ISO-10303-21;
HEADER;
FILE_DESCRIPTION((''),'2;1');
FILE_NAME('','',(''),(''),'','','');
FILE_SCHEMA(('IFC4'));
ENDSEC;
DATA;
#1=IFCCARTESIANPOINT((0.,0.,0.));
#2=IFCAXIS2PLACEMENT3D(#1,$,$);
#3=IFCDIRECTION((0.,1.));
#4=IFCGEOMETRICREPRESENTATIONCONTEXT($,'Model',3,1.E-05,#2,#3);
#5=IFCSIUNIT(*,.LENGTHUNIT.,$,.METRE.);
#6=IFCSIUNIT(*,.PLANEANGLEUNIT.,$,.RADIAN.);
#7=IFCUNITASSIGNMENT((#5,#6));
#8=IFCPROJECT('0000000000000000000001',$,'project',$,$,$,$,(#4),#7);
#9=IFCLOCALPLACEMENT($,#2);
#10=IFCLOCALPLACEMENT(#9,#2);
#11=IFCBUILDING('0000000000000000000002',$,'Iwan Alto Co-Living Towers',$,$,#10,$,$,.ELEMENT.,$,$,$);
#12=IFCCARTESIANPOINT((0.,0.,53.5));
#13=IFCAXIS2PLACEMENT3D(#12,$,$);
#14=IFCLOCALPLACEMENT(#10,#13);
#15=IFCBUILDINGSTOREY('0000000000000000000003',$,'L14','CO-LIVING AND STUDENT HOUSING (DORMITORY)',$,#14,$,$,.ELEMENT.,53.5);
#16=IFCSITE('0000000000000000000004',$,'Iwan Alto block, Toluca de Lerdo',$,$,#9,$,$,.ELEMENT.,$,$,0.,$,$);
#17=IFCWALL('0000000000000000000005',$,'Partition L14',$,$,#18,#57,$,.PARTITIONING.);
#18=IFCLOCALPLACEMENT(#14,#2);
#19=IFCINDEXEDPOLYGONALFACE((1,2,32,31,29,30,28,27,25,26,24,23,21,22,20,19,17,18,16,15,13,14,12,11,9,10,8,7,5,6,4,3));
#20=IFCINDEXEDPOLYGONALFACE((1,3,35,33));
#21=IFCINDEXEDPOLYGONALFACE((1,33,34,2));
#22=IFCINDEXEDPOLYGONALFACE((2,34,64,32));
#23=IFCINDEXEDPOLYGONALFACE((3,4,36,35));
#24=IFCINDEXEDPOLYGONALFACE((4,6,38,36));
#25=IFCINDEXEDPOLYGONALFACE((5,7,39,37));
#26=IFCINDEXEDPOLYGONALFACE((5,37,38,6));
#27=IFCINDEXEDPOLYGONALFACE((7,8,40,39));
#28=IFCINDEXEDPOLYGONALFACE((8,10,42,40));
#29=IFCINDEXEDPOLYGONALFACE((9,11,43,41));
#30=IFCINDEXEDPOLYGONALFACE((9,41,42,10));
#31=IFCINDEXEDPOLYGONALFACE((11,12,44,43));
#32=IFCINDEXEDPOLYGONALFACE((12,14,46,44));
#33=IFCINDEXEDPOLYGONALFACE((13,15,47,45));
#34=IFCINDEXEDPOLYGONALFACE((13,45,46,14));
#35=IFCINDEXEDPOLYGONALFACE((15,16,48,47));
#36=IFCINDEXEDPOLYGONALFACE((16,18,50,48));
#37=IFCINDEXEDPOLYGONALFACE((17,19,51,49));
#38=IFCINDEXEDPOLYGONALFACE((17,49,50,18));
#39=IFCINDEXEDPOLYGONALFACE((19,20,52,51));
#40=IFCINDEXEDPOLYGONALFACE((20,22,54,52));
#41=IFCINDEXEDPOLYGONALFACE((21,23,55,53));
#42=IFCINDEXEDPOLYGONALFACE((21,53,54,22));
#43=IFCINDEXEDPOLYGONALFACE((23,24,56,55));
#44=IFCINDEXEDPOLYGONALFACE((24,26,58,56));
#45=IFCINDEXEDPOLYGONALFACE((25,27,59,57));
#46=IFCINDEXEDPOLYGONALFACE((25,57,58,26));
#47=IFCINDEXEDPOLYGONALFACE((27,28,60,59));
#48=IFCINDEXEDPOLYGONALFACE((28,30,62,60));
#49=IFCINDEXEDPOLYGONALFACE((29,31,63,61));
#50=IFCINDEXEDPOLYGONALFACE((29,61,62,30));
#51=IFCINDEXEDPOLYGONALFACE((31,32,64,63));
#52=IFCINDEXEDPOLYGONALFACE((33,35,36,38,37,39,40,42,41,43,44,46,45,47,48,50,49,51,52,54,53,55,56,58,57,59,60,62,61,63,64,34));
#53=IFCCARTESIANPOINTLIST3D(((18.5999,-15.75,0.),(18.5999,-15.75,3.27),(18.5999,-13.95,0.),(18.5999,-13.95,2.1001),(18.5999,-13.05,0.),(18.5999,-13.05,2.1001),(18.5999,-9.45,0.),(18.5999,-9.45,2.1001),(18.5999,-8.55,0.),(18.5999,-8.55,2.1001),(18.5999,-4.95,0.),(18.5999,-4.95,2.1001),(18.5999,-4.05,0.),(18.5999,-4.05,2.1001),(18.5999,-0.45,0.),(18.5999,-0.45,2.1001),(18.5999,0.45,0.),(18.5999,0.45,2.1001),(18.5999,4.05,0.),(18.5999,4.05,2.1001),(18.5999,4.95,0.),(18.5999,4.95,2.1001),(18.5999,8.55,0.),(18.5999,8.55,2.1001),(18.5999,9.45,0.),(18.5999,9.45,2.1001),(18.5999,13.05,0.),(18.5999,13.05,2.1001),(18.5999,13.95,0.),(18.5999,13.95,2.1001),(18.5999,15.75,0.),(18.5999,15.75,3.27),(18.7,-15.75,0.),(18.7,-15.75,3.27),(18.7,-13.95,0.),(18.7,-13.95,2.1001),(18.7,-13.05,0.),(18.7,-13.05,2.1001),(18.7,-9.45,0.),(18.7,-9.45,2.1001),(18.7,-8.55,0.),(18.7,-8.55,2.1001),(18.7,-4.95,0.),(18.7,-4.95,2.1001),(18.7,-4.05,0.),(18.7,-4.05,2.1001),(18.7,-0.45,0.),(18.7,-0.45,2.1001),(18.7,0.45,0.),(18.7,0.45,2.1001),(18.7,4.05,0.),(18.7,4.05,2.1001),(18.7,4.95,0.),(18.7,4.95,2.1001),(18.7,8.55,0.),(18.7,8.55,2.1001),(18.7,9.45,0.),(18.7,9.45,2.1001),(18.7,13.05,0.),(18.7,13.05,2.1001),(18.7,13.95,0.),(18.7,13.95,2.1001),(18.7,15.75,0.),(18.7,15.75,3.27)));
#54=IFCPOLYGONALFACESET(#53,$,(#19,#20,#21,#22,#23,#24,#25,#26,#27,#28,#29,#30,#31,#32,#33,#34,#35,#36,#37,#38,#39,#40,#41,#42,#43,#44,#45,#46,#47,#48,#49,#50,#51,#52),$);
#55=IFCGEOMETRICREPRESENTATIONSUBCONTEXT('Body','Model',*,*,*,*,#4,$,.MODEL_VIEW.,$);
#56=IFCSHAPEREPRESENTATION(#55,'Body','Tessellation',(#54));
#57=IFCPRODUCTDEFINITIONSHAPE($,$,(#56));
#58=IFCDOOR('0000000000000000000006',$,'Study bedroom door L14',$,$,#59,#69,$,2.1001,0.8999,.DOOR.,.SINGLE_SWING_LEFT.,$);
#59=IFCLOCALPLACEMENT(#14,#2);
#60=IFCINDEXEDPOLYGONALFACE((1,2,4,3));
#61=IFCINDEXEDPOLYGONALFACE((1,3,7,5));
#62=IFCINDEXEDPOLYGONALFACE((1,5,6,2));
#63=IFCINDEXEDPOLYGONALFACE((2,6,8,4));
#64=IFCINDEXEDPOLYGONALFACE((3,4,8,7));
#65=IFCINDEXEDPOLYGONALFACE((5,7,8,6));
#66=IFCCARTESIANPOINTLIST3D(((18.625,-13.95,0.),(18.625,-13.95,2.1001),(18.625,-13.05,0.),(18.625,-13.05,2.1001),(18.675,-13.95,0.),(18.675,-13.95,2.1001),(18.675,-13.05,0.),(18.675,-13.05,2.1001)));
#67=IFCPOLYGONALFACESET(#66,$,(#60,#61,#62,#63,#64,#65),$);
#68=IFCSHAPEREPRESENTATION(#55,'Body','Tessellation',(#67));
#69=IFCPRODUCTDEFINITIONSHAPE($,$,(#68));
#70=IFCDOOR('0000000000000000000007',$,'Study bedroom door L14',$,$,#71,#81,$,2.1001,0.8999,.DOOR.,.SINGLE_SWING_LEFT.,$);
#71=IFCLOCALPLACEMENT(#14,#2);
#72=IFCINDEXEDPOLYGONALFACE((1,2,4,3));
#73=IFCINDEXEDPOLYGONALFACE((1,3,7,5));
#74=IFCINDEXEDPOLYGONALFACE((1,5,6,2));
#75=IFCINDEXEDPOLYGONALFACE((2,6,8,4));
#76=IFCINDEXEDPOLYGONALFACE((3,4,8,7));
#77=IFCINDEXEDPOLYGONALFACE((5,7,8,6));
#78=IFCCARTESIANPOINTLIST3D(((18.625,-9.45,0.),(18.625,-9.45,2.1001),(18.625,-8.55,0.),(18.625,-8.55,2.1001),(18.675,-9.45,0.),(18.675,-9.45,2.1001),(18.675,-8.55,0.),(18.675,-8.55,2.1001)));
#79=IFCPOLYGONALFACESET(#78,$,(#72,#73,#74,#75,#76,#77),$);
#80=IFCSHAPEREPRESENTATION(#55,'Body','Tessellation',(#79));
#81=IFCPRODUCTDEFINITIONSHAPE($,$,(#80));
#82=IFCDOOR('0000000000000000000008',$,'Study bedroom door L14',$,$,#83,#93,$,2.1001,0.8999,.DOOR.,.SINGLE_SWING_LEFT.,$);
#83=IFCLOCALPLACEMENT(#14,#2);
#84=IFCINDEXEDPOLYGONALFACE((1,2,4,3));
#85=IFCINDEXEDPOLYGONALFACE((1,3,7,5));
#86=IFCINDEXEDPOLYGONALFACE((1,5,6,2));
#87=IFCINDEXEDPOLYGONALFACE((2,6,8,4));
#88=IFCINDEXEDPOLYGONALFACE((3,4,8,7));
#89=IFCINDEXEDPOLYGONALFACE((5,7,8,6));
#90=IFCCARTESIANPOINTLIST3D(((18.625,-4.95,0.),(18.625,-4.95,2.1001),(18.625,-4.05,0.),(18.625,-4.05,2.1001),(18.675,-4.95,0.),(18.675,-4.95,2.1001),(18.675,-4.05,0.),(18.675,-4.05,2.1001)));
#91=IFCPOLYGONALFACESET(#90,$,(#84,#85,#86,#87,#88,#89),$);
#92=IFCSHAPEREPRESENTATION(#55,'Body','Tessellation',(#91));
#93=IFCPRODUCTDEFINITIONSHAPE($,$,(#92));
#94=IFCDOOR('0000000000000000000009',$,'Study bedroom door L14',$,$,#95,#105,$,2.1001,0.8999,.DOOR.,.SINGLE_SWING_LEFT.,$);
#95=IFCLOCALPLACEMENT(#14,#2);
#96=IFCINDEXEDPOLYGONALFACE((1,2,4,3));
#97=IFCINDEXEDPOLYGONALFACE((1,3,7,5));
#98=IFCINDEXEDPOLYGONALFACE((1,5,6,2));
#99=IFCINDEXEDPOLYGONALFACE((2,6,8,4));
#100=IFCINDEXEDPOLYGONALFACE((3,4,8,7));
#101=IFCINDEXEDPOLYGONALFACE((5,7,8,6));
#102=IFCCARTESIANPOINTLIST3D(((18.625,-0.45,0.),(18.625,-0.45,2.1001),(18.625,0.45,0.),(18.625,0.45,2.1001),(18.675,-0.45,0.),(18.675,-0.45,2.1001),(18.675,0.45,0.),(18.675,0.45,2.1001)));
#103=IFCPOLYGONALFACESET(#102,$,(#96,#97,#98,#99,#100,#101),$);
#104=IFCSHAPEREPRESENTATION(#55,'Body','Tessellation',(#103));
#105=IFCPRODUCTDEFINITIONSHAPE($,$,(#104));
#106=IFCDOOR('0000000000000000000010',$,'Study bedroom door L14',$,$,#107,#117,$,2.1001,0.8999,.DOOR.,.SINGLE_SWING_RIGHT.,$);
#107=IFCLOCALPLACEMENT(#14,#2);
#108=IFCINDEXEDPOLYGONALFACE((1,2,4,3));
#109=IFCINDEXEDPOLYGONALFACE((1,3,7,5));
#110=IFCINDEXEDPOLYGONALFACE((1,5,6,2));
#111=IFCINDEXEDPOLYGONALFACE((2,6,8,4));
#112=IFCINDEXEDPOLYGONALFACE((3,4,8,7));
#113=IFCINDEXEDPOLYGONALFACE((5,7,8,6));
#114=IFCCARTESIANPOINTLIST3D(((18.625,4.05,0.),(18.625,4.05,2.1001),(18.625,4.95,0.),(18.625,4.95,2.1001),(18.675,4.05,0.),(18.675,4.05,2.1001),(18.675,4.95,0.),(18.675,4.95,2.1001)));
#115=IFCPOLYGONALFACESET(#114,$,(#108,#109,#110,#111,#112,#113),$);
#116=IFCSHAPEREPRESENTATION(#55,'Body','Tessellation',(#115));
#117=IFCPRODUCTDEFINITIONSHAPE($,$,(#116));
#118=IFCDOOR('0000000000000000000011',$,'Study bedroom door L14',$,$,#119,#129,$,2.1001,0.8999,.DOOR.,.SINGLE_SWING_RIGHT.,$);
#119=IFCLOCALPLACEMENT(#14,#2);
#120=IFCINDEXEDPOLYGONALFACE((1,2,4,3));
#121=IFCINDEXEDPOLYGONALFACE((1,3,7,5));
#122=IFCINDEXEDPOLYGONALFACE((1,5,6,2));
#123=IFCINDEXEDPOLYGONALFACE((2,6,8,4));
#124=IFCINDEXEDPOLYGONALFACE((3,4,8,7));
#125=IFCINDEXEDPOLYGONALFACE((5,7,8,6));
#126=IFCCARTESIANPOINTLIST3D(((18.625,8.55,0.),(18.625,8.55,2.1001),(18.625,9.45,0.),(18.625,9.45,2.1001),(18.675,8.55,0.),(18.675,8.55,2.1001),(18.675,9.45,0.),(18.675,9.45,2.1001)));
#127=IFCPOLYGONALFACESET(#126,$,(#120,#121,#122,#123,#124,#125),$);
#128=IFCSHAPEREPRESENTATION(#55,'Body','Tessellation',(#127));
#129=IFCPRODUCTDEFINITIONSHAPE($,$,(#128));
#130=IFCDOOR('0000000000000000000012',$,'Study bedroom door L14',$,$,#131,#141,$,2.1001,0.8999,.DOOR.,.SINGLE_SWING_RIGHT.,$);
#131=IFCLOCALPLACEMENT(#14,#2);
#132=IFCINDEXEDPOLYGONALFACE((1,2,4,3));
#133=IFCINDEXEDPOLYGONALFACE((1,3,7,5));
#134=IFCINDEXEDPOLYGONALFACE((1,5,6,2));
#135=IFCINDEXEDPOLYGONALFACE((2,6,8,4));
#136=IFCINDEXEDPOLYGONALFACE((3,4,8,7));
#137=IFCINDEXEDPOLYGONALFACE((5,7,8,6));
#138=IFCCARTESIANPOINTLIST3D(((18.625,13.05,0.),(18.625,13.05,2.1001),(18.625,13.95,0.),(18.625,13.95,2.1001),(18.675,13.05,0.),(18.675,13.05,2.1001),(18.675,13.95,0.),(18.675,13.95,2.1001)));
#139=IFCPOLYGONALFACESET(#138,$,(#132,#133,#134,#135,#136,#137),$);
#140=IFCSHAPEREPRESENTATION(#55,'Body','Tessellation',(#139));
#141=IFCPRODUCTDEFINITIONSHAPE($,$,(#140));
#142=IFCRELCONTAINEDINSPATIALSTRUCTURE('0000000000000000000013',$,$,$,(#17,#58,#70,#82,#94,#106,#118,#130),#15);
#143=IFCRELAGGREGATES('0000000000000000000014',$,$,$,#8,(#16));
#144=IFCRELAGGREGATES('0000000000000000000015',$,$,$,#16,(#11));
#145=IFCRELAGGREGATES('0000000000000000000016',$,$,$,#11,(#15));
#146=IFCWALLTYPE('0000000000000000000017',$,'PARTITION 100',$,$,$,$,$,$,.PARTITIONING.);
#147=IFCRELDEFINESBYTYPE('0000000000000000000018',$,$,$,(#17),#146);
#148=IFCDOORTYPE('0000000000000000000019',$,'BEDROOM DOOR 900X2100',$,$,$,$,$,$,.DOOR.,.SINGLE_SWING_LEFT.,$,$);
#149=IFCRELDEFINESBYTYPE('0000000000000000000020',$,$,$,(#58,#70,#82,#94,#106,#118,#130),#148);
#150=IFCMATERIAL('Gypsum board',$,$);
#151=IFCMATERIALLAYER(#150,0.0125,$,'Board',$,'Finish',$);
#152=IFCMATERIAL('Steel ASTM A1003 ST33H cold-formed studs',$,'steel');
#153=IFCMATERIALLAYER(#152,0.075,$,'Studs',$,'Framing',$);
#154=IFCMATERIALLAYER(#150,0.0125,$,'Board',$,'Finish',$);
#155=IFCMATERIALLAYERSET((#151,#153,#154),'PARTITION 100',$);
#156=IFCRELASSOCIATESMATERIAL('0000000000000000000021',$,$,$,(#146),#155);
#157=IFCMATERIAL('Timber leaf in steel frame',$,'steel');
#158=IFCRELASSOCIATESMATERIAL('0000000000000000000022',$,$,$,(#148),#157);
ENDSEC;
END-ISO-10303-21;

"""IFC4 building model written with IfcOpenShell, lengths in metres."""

from ifc_helpers import new_model, si_unit, direction, frame, frame_2d, origin, place, context, subcontext, project, spatial, rectangle, extrude, material, layer, layer_set, type_object, element, fill, save


model = new_model("IFC4")

# Units and contexts
model_context = context("Model", 3, precision=1e-05, world=origin(), true_north=direction((0.0, 1.0)))
body_context = subcontext(model_context, "Body", "Model", "MODEL_VIEW")
ifc_project = project(units=[si_unit("LENGTHUNIT", "METRE"), si_unit("PLANEANGLEUNIT", "RADIAN")], contexts=[model_context])

# Site, building, storey
site_placement = place(None, origin())
site = spatial("IfcSite", under=ifc_project, at=site_placement, Name="Iwan Alto block, Toluca de Lerdo", CompositionType="ELEMENT", RefElevation=0.0)
building_placement = place(site_placement, origin())
building = spatial("IfcBuilding", under=site, at=building_placement, Name="Iwan Alto Co-Living Towers", CompositionType="ELEMENT")
storey_placement = place(building_placement, frame((0.0, 0.0, 53.5)))
storey = spatial("IfcBuildingStorey", under=building, at=storey_placement, Name="L14", Description="CO-LIVING AND STUDENT HOUSING (DORMITORY)", CompositionType="ELEMENT", Elevation=53.5)

# Shared definitions
ifc_material_1 = material(Name="Gypsum board")
ifc_layer_1 = layer(ifc_material_1, 0.0125, Name="Board", Category="Finish")
ifc_material_2 = material(Name="Steel ASTM A1003 ST33H cold-formed studs", Category="steel")
ifc_layer_2 = layer(ifc_material_2, 0.075, Name="Studs", Category="Framing")
ifc_layer_3 = layer(ifc_material_1, 0.0125, Name="Board", Category="Finish")
ifc_layer_set_1 = layer_set([ifc_layer_1, ifc_layer_2, ifc_layer_3], Name="PARTITION 100")
wall_type = type_object("IfcWallType", Name="PARTITION 100", PredefinedType="PARTITIONING", material=ifc_layer_set_1)

# Wall, openings, doors
wall_1_placement = place(storey_placement, frame((18.6499, -15.75, 0.0), z_axis=(0.0, 0.0, 1.0), x_axis=(0.0, 1.0, 0.0)))
wall_1 = element("IfcWall", 1, at=wall_1_placement, inside=storey, type_object=wall_type, Name="Partition L14", PredefinedType="PARTITIONING", context=body_context, shape_type="SweptSolid", body=[
    extrude(rectangle(XDim=31.5, YDim=0.1001, at=frame_2d((15.75, 0.0))), origin(), (0.0, 0.0, 1.0), 3.27),
])
opening_1_placement = place(wall_1_placement, frame((1.8, 0.0, 0.0)))
opening_1 = element("IfcOpeningElement", 2, at=opening_1_placement, cuts=wall_1, PredefinedType="OPENING", context=body_context, shape_type="SweptSolid", body=[
    extrude(rectangle(XDim=0.8999, YDim=2.1001, at=frame_2d((0.45, 1.05))), frame((0.0, 0.0601, 0.0), z_axis=(0.0, -1.0, 0.0), x_axis=(1.0, 0.0, 0.0)), (0.0, 0.0, 1.0), 0.1201),
])
opening_2_placement = place(wall_1_placement, frame((6.3, 0.0, 0.0)))
opening_2 = element("IfcOpeningElement", 3, at=opening_2_placement, cuts=wall_1, PredefinedType="OPENING", context=body_context, shape_type="SweptSolid", body=[
    extrude(rectangle(XDim=0.8999, YDim=2.1001, at=frame_2d((0.45, 1.05))), frame((0.0, 0.0601, 0.0), z_axis=(0.0, -1.0, 0.0), x_axis=(1.0, 0.0, 0.0)), (0.0, 0.0, 1.0), 0.1201),
])
opening_3_placement = place(wall_1_placement, frame((10.8, 0.0, 0.0)))
opening_3 = element("IfcOpeningElement", 4, at=opening_3_placement, cuts=wall_1, PredefinedType="OPENING", context=body_context, shape_type="SweptSolid", body=[
    extrude(rectangle(XDim=0.8999, YDim=2.1001, at=frame_2d((0.45, 1.05))), frame((0.0, 0.0601, 0.0), z_axis=(0.0, -1.0, 0.0), x_axis=(1.0, 0.0, 0.0)), (0.0, 0.0, 1.0), 0.1201),
])
opening_4_placement = place(wall_1_placement, frame((15.3, 0.0, 0.0)))
opening_4 = element("IfcOpeningElement", 5, at=opening_4_placement, cuts=wall_1, PredefinedType="OPENING", context=body_context, shape_type="SweptSolid", body=[
    extrude(rectangle(XDim=0.8999, YDim=2.1001, at=frame_2d((0.45, 1.05))), frame((0.0, 0.0601, 0.0), z_axis=(0.0, -1.0, 0.0), x_axis=(1.0, 0.0, 0.0)), (0.0, 0.0, 1.0), 0.1201),
])
opening_5_placement = place(wall_1_placement, frame((19.8, 0.0, 0.0)))
opening_5 = element("IfcOpeningElement", 6, at=opening_5_placement, cuts=wall_1, PredefinedType="OPENING", context=body_context, shape_type="SweptSolid", body=[
    extrude(rectangle(XDim=0.8999, YDim=2.1001, at=frame_2d((0.45, 1.05))), frame((0.0, 0.0601, 0.0), z_axis=(0.0, -1.0, 0.0), x_axis=(1.0, 0.0, 0.0)), (0.0, 0.0, 1.0), 0.1201),
])
opening_6_placement = place(wall_1_placement, frame((24.3, 0.0, 0.0)))
opening_6 = element("IfcOpeningElement", 7, at=opening_6_placement, cuts=wall_1, PredefinedType="OPENING", context=body_context, shape_type="SweptSolid", body=[
    extrude(rectangle(XDim=0.8999, YDim=2.1001, at=frame_2d((0.45, 1.05))), frame((0.0, 0.0601, 0.0), z_axis=(0.0, -1.0, 0.0), x_axis=(1.0, 0.0, 0.0)), (0.0, 0.0, 1.0), 0.1201),
])
opening_7_placement = place(wall_1_placement, frame((28.8, 0.0, 0.0)))
opening_7 = element("IfcOpeningElement", 8, at=opening_7_placement, cuts=wall_1, PredefinedType="OPENING", context=body_context, shape_type="SweptSolid", body=[
    extrude(rectangle(XDim=0.8999, YDim=2.1001, at=frame_2d((0.45, 1.05))), frame((0.0, 0.0601, 0.0), z_axis=(0.0, -1.0, 0.0), x_axis=(1.0, 0.0, 0.0)), (0.0, 0.0, 1.0), 0.1201),
])
ifc_material_3 = material(Name="Timber leaf in steel frame", Category="steel")
door_type_1 = type_object("IfcDoorType", Name="BEDROOM DOOR 900X2100", OperationType="SINGLE_SWING_LEFT", PredefinedType="DOOR", material=ifc_material_3)
door_1_placement = place(opening_1_placement, origin())
door_1 = element("IfcDoor", 9, at=door_1_placement, inside=storey, type_object=door_type_1, Name="Study bedroom door L14", OperationType="SINGLE_SWING_LEFT", OverallHeight=2.1001, OverallWidth=0.8999, PredefinedType="DOOR", context=body_context, shape_type="SweptSolid", body=[
    extrude(rectangle(XDim=0.8999, YDim=2.1001, at=frame_2d((0.45, 1.05))), frame((0.0, 0.0249, 0.0), z_axis=(0.0, -1.0, 0.0), x_axis=(1.0, 0.0, 0.0)), (0.0, 0.0, 1.0), 0.05),
])
fill(opening_1, door_1)
door_2_placement = place(opening_2_placement, origin())
door_2 = element("IfcDoor", 10, at=door_2_placement, inside=storey, type_object=door_type_1, Name="Study bedroom door L14", OperationType="SINGLE_SWING_LEFT", OverallHeight=2.1001, OverallWidth=0.8999, PredefinedType="DOOR", context=body_context, shape_type="SweptSolid", body=[
    extrude(rectangle(XDim=0.8999, YDim=2.1001, at=frame_2d((0.45, 1.05))), frame((0.0, 0.0249, 0.0), z_axis=(0.0, -1.0, 0.0), x_axis=(1.0, 0.0, 0.0)), (0.0, 0.0, 1.0), 0.05),
])
fill(opening_2, door_2)
door_3_placement = place(opening_3_placement, origin())
door_3 = element("IfcDoor", 11, at=door_3_placement, inside=storey, type_object=door_type_1, Name="Study bedroom door L14", OperationType="SINGLE_SWING_LEFT", OverallHeight=2.1001, OverallWidth=0.8999, PredefinedType="DOOR", context=body_context, shape_type="SweptSolid", body=[
    extrude(rectangle(XDim=0.8999, YDim=2.1001, at=frame_2d((0.45, 1.05))), frame((0.0, 0.0249, 0.0), z_axis=(0.0, -1.0, 0.0), x_axis=(1.0, 0.0, 0.0)), (0.0, 0.0, 1.0), 0.05),
])
fill(opening_3, door_3)
door_4_placement = place(opening_4_placement, origin())
door_4 = element("IfcDoor", 12, at=door_4_placement, inside=storey, type_object=door_type_1, Name="Study bedroom door L14", OperationType="SINGLE_SWING_LEFT", OverallHeight=2.1001, OverallWidth=0.8999, PredefinedType="DOOR", context=body_context, shape_type="SweptSolid", body=[
    extrude(rectangle(XDim=0.8999, YDim=2.1001, at=frame_2d((0.45, 1.05))), frame((0.0, 0.0249, 0.0), z_axis=(0.0, -1.0, 0.0), x_axis=(1.0, 0.0, 0.0)), (0.0, 0.0, 1.0), 0.05),
])
fill(opening_4, door_4)
door_5_placement = place(opening_5_placement, origin())
door_5 = element("IfcDoor", 13, at=door_5_placement, inside=storey, type_object=door_type_1, Name="Study bedroom door L14", OperationType="SINGLE_SWING_RIGHT", OverallHeight=2.1001, OverallWidth=0.8999, PredefinedType="DOOR", context=body_context, shape_type="SweptSolid", body=[
    extrude(rectangle(XDim=0.8999, YDim=2.1001, at=frame_2d((0.45, 1.05))), frame((0.0, 0.0249, 0.0), z_axis=(0.0, -1.0, 0.0), x_axis=(1.0, 0.0, 0.0)), (0.0, 0.0, 1.0), 0.05),
])
fill(opening_5, door_5)
door_6_placement = place(opening_6_placement, origin())
door_6 = element("IfcDoor", 14, at=door_6_placement, inside=storey, type_object=door_type_1, Name="Study bedroom door L14", OperationType="SINGLE_SWING_RIGHT", OverallHeight=2.1001, OverallWidth=0.8999, PredefinedType="DOOR", context=body_context, shape_type="SweptSolid", body=[
    extrude(rectangle(XDim=0.8999, YDim=2.1001, at=frame_2d((0.45, 1.05))), frame((0.0, 0.0249, 0.0), z_axis=(0.0, -1.0, 0.0), x_axis=(1.0, 0.0, 0.0)), (0.0, 0.0, 1.0), 0.05),
])
fill(opening_6, door_6)
door_7_placement = place(opening_7_placement, origin())
door_7 = element("IfcDoor", 15, at=door_7_placement, inside=storey, type_object=door_type_1, Name="Study bedroom door L14", OperationType="SINGLE_SWING_RIGHT", OverallHeight=2.1001, OverallWidth=0.8999, PredefinedType="DOOR", context=body_context, shape_type="SweptSolid", body=[
    extrude(rectangle(XDim=0.8999, YDim=2.1001, at=frame_2d((0.45, 1.05))), frame((0.0, 0.0249, 0.0), z_axis=(0.0, -1.0, 0.0), x_axis=(1.0, 0.0, 0.0)), (0.0, 0.0, 1.0), 0.05),
])
fill(opening_7, door_7)

save(model, "model.ifc")
